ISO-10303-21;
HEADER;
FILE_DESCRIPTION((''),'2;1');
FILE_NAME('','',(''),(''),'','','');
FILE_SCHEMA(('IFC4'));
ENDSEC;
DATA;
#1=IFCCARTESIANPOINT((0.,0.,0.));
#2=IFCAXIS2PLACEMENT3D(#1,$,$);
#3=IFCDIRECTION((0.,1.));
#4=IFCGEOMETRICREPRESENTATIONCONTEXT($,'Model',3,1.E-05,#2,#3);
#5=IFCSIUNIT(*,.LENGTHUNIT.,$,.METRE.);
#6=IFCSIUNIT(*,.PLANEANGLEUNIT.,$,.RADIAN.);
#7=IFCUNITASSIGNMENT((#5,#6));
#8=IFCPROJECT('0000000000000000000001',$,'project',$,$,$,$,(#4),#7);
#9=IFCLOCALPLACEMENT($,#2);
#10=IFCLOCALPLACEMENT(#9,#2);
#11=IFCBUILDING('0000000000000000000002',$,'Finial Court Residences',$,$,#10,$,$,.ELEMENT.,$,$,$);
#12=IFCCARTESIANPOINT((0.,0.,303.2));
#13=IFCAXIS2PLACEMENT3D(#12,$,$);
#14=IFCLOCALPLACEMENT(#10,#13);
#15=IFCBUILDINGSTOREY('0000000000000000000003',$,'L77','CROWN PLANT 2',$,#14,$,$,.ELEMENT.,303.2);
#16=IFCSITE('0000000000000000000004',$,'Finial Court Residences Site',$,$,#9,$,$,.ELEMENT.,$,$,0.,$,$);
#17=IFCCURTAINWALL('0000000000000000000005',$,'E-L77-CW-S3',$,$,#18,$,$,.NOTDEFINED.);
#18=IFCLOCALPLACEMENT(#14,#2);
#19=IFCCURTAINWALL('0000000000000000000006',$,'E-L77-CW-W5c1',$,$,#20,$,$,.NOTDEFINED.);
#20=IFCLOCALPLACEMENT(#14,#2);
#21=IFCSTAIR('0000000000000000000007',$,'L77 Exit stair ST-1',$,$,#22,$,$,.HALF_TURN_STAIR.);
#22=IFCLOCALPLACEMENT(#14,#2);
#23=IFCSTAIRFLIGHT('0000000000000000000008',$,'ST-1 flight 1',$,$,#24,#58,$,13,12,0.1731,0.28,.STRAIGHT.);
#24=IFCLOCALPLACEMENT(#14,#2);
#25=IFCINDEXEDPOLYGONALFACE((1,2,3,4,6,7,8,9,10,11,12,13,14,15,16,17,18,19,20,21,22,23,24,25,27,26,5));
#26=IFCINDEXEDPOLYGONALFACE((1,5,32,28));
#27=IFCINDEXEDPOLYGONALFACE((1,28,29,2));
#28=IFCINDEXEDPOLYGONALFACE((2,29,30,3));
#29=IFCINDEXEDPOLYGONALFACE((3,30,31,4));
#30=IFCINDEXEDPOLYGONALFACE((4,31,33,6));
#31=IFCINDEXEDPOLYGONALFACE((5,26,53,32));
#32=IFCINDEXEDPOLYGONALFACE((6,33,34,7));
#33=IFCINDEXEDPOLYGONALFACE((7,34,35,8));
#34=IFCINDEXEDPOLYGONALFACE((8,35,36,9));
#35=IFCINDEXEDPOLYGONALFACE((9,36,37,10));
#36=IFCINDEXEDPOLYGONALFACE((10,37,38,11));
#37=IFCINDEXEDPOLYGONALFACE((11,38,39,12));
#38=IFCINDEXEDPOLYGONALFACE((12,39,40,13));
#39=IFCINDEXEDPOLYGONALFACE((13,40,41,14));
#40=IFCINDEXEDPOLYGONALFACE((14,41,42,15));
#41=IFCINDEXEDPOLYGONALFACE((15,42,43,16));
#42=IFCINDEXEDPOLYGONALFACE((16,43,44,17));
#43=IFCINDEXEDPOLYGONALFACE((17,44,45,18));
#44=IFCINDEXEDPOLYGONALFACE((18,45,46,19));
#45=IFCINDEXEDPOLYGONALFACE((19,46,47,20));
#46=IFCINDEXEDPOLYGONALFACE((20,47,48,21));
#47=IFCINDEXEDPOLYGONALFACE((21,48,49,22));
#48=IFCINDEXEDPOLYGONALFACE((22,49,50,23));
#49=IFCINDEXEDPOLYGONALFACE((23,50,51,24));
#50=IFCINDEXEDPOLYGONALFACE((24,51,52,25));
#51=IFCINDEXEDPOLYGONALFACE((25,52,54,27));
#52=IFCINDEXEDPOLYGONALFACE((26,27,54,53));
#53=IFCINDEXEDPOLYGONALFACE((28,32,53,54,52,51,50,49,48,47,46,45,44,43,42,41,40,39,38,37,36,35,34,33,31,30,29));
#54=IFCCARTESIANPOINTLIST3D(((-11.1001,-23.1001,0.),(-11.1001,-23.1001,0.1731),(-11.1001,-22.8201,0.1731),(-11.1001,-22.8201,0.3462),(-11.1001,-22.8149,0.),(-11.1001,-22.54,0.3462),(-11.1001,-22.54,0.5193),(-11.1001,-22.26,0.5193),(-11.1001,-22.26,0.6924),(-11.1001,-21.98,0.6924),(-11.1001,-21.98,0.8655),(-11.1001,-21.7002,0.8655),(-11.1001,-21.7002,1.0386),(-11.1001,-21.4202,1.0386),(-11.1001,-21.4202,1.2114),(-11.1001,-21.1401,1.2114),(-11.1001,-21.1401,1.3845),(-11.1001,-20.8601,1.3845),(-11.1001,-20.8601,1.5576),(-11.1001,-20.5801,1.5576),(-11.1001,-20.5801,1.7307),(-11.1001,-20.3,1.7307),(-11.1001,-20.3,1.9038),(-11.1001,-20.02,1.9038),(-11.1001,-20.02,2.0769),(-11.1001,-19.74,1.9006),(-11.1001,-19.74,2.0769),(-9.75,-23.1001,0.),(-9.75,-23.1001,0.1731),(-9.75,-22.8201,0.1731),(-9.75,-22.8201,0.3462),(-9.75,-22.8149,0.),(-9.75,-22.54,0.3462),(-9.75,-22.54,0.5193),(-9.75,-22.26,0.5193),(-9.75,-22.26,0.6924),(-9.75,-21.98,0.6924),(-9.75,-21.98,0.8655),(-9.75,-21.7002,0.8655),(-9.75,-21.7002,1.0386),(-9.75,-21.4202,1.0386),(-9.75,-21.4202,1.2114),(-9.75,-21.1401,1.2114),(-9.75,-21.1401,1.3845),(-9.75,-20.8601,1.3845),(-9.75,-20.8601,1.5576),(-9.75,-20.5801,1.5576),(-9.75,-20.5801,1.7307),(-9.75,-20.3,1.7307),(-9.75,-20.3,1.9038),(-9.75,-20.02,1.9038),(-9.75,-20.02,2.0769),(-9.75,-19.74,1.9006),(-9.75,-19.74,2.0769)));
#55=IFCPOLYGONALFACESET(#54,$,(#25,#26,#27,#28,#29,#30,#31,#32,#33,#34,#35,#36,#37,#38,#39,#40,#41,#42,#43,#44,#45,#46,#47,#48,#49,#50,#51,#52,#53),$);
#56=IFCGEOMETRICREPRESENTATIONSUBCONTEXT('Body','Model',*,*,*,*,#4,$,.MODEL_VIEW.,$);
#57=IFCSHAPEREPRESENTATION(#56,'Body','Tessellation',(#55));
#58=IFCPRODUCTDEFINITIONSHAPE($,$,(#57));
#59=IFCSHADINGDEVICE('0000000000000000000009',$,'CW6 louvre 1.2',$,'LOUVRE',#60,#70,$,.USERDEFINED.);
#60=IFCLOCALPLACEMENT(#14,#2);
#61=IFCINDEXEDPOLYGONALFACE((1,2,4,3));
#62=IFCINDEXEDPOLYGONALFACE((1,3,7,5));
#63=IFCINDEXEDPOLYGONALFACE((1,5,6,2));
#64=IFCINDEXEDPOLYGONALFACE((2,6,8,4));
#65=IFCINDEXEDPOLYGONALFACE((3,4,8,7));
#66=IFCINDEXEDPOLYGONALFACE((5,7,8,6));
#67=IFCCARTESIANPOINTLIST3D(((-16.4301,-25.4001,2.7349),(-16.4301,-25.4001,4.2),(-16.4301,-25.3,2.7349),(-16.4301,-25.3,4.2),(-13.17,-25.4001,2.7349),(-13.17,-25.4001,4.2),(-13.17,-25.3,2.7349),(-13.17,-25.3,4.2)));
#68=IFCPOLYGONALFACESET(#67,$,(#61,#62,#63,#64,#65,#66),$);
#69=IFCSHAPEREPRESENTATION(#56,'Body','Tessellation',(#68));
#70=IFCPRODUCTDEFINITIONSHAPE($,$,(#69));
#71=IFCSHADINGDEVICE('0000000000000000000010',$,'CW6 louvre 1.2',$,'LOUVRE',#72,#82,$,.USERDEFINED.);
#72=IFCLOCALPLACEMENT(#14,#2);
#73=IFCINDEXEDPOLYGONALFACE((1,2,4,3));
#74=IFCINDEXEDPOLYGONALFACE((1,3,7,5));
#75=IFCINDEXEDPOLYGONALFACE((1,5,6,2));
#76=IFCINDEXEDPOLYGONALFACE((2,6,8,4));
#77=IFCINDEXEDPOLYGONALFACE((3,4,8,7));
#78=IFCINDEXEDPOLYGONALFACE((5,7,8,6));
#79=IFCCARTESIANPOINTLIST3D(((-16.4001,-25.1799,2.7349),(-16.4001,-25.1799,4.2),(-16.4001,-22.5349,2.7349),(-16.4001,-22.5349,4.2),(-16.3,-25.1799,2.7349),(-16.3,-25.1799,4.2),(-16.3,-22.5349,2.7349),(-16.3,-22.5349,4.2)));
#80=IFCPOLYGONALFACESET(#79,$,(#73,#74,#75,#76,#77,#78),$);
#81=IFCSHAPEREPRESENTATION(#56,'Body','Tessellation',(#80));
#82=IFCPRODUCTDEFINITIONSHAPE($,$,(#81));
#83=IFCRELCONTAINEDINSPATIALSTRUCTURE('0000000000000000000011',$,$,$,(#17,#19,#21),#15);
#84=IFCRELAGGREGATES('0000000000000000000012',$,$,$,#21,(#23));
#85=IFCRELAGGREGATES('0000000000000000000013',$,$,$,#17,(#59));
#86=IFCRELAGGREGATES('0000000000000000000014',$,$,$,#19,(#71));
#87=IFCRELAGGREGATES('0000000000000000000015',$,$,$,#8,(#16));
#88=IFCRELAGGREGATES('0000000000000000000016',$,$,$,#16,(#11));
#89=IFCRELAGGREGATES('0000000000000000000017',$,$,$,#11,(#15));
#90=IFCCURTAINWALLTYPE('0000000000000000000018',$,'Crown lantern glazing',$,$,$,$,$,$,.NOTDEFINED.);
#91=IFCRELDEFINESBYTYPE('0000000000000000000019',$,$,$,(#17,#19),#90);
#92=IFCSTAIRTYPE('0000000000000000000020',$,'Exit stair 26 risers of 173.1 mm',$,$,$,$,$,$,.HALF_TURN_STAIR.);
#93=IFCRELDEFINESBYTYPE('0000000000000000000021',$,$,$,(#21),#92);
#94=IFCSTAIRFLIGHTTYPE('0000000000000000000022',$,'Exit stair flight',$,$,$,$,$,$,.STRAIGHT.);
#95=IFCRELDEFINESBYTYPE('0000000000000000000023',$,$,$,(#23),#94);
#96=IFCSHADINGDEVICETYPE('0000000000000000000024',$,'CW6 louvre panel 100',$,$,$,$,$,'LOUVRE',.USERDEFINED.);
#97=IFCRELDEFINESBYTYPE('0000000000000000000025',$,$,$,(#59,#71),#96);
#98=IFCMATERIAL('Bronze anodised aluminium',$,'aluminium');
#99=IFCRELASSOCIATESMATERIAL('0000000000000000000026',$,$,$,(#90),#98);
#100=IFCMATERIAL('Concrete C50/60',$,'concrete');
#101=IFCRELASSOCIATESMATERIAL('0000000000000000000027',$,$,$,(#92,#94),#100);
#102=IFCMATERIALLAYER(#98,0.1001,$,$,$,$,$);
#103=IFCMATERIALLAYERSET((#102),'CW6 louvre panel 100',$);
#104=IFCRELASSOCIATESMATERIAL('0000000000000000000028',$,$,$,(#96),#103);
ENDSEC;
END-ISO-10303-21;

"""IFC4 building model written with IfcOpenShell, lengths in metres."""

from ifc_helpers import new_model, si_unit, direction, frame, origin, origin_2d, place, context, subcontext, project, spatial, polyline, rectangle, outline, extrude, material, layer, layer_set, type_object, element, aggregate, save


model = new_model("IFC4")

# Units and contexts
model_context = context("Model", 3, precision=1e-05, world=origin(), true_north=direction((0.0, 1.0)))
body_context = subcontext(model_context, "Body", "Model", "MODEL_VIEW")
ifc_project = project(units=[si_unit("LENGTHUNIT", "METRE"), si_unit("PLANEANGLEUNIT", "RADIAN")], contexts=[model_context])

# Site, building, storey
site_placement = place(None, origin())
site = spatial("IfcSite", under=ifc_project, at=site_placement, Name="Finial Court Residences Site", CompositionType="ELEMENT", RefElevation=0.0)
building_placement = place(site_placement, origin())
building = spatial("IfcBuilding", under=site, at=building_placement, Name="Finial Court Residences", CompositionType="ELEMENT")
storey_placement = place(building_placement, frame((0.0, 0.0, 303.2)))
storey = spatial("IfcBuildingStorey", under=building, at=storey_placement, Name="L77", Description="CROWN PLANT 2", CompositionType="ELEMENT", Elevation=303.2)

# Curtain walls
ifc_material_1 = material(Name="Bronze anodised aluminium", Category="aluminium")
curtain_wall_type = type_object("IfcCurtainWallType", Name="Crown lantern glazing", PredefinedType="NOTDEFINED", material=ifc_material_1)
curtain_wall_1_placement = place(storey_placement, origin())
curtain_wall_1 = element("IfcCurtainWall", 1, at=curtain_wall_1_placement, inside=storey, type_object=curtain_wall_type, Name="E-L77-CW-S3", PredefinedType="NOTDEFINED")
curtain_wall_2_placement = place(storey_placement, origin())
curtain_wall_2 = element("IfcCurtainWall", 2, at=curtain_wall_2_placement, inside=storey, type_object=curtain_wall_type, Name="E-L77-CW-W5c1", PredefinedType="NOTDEFINED")

# Shared definitions
ifc_material_2 = material(Name="Concrete C50/60", Category="concrete")

# Stair, stair flight
stair_type = type_object("IfcStairType", Name="Exit stair 26 risers of 173.1 mm", PredefinedType="HALF_TURN_STAIR", material=ifc_material_2)
stair_placement = place(storey_placement, origin())
stair = element("IfcStair", 3, at=stair_placement, inside=storey, type_object=stair_type, Name="L77 Exit stair ST-1", PredefinedType="HALF_TURN_STAIR")
stair_flight_type = type_object("IfcStairFlightType", Name="Exit stair flight", PredefinedType="STRAIGHT", material=ifc_material_2)
stair_flight_placement = place(storey_placement, frame((-10.425, -23.1001, 0.0), z_axis=(0.0, 0.0, 1.0), x_axis=(0.0, 1.0, 0.0)))
stair_flight = element("IfcStairFlight", 4, at=stair_flight_placement, type_object=stair_flight_type, Name="ST-1 flight 1", NumberOfRisers=13, NumberOfTreads=12, PredefinedType="STRAIGHT", RiserHeight=0.1731, TreadLength=0.28, context=body_context, shape_type="SweptSolid", body=[
    extrude(outline(polyline([(0.0, 0.0), (0.0, 0.1731), (0.28, 0.1731), (0.28, 0.3462), (0.5601, 0.3462), (0.5601, 0.5193), (0.8401, 0.5193), (0.8401, 0.6924), (1.1201, 0.6924), (1.1201, 0.8655), (1.3999, 0.8655), (1.3999, 1.0386), (1.6799, 1.0386), (1.6799, 1.2114), (1.96, 1.2114), (1.96, 1.3845), (2.24, 1.3845), (2.24, 1.5576), (2.52, 1.5576), (2.52, 1.7307), (2.8, 1.7307), (2.8, 1.9038), (3.0801, 1.9038), (3.0801, 2.0769), (3.3601, 2.0769), (3.3601, 2.25), (3.3601, 1.9006), (0.2852, 0.0), (0.0, 0.0)])), frame((0.0, 0.675, 0.0), z_axis=(0.0, -1.0, 0.0), x_axis=(1.0, 0.0, 0.0)), (0.0, 0.0, 1.0), 1.3501),
])
aggregate(stair, [stair_flight])

# Shading devices
ifc_layer_1 = layer(ifc_material_1, 0.1001)
ifc_layer_set_1 = layer_set([ifc_layer_1], Name="CW6 louvre panel 100")
shading_device_type = type_object("IfcShadingDeviceType", Name="CW6 louvre panel 100", ElementType="LOUVRE", PredefinedType="USERDEFINED", material=ifc_layer_set_1)
shading_device_1_placement = place(storey_placement, frame((-14.8, -25.3501, 2.7349), z_axis=(0.0, 0.0, 1.0), x_axis=(1.0, 0.0, 0.0)))
shading_device_1 = element("IfcShadingDevice", 5, at=shading_device_1_placement, type_object=shading_device_type, Name="CW6 louvre 1.2", ObjectType="LOUVRE", PredefinedType="USERDEFINED", context=body_context, shape_type="SweptSolid", body=[
    extrude(rectangle(XDim=3.26, YDim=0.1001, at=origin_2d()), origin(), (0.0, 0.0, 1.0), 1.4651),
])
aggregate(curtain_wall_1, [shading_device_1])
shading_device_2_placement = place(storey_placement, frame((-16.3501, -23.8574, 2.7349), z_axis=(0.0, 0.0, 1.0), x_axis=(0.0, 1.0, 0.0)))
shading_device_2 = element("IfcShadingDevice", 6, at=shading_device_2_placement, type_object=shading_device_type, Name="CW6 louvre 1.2", ObjectType="LOUVRE", PredefinedType="USERDEFINED", context=body_context, shape_type="SweptSolid", body=[
    extrude(rectangle(XDim=2.645, YDim=0.1001, at=origin_2d()), origin(), (0.0, 0.0, 1.0), 1.4651),
])
aggregate(curtain_wall_2, [shading_device_2])

save(model, "model.ifc")
